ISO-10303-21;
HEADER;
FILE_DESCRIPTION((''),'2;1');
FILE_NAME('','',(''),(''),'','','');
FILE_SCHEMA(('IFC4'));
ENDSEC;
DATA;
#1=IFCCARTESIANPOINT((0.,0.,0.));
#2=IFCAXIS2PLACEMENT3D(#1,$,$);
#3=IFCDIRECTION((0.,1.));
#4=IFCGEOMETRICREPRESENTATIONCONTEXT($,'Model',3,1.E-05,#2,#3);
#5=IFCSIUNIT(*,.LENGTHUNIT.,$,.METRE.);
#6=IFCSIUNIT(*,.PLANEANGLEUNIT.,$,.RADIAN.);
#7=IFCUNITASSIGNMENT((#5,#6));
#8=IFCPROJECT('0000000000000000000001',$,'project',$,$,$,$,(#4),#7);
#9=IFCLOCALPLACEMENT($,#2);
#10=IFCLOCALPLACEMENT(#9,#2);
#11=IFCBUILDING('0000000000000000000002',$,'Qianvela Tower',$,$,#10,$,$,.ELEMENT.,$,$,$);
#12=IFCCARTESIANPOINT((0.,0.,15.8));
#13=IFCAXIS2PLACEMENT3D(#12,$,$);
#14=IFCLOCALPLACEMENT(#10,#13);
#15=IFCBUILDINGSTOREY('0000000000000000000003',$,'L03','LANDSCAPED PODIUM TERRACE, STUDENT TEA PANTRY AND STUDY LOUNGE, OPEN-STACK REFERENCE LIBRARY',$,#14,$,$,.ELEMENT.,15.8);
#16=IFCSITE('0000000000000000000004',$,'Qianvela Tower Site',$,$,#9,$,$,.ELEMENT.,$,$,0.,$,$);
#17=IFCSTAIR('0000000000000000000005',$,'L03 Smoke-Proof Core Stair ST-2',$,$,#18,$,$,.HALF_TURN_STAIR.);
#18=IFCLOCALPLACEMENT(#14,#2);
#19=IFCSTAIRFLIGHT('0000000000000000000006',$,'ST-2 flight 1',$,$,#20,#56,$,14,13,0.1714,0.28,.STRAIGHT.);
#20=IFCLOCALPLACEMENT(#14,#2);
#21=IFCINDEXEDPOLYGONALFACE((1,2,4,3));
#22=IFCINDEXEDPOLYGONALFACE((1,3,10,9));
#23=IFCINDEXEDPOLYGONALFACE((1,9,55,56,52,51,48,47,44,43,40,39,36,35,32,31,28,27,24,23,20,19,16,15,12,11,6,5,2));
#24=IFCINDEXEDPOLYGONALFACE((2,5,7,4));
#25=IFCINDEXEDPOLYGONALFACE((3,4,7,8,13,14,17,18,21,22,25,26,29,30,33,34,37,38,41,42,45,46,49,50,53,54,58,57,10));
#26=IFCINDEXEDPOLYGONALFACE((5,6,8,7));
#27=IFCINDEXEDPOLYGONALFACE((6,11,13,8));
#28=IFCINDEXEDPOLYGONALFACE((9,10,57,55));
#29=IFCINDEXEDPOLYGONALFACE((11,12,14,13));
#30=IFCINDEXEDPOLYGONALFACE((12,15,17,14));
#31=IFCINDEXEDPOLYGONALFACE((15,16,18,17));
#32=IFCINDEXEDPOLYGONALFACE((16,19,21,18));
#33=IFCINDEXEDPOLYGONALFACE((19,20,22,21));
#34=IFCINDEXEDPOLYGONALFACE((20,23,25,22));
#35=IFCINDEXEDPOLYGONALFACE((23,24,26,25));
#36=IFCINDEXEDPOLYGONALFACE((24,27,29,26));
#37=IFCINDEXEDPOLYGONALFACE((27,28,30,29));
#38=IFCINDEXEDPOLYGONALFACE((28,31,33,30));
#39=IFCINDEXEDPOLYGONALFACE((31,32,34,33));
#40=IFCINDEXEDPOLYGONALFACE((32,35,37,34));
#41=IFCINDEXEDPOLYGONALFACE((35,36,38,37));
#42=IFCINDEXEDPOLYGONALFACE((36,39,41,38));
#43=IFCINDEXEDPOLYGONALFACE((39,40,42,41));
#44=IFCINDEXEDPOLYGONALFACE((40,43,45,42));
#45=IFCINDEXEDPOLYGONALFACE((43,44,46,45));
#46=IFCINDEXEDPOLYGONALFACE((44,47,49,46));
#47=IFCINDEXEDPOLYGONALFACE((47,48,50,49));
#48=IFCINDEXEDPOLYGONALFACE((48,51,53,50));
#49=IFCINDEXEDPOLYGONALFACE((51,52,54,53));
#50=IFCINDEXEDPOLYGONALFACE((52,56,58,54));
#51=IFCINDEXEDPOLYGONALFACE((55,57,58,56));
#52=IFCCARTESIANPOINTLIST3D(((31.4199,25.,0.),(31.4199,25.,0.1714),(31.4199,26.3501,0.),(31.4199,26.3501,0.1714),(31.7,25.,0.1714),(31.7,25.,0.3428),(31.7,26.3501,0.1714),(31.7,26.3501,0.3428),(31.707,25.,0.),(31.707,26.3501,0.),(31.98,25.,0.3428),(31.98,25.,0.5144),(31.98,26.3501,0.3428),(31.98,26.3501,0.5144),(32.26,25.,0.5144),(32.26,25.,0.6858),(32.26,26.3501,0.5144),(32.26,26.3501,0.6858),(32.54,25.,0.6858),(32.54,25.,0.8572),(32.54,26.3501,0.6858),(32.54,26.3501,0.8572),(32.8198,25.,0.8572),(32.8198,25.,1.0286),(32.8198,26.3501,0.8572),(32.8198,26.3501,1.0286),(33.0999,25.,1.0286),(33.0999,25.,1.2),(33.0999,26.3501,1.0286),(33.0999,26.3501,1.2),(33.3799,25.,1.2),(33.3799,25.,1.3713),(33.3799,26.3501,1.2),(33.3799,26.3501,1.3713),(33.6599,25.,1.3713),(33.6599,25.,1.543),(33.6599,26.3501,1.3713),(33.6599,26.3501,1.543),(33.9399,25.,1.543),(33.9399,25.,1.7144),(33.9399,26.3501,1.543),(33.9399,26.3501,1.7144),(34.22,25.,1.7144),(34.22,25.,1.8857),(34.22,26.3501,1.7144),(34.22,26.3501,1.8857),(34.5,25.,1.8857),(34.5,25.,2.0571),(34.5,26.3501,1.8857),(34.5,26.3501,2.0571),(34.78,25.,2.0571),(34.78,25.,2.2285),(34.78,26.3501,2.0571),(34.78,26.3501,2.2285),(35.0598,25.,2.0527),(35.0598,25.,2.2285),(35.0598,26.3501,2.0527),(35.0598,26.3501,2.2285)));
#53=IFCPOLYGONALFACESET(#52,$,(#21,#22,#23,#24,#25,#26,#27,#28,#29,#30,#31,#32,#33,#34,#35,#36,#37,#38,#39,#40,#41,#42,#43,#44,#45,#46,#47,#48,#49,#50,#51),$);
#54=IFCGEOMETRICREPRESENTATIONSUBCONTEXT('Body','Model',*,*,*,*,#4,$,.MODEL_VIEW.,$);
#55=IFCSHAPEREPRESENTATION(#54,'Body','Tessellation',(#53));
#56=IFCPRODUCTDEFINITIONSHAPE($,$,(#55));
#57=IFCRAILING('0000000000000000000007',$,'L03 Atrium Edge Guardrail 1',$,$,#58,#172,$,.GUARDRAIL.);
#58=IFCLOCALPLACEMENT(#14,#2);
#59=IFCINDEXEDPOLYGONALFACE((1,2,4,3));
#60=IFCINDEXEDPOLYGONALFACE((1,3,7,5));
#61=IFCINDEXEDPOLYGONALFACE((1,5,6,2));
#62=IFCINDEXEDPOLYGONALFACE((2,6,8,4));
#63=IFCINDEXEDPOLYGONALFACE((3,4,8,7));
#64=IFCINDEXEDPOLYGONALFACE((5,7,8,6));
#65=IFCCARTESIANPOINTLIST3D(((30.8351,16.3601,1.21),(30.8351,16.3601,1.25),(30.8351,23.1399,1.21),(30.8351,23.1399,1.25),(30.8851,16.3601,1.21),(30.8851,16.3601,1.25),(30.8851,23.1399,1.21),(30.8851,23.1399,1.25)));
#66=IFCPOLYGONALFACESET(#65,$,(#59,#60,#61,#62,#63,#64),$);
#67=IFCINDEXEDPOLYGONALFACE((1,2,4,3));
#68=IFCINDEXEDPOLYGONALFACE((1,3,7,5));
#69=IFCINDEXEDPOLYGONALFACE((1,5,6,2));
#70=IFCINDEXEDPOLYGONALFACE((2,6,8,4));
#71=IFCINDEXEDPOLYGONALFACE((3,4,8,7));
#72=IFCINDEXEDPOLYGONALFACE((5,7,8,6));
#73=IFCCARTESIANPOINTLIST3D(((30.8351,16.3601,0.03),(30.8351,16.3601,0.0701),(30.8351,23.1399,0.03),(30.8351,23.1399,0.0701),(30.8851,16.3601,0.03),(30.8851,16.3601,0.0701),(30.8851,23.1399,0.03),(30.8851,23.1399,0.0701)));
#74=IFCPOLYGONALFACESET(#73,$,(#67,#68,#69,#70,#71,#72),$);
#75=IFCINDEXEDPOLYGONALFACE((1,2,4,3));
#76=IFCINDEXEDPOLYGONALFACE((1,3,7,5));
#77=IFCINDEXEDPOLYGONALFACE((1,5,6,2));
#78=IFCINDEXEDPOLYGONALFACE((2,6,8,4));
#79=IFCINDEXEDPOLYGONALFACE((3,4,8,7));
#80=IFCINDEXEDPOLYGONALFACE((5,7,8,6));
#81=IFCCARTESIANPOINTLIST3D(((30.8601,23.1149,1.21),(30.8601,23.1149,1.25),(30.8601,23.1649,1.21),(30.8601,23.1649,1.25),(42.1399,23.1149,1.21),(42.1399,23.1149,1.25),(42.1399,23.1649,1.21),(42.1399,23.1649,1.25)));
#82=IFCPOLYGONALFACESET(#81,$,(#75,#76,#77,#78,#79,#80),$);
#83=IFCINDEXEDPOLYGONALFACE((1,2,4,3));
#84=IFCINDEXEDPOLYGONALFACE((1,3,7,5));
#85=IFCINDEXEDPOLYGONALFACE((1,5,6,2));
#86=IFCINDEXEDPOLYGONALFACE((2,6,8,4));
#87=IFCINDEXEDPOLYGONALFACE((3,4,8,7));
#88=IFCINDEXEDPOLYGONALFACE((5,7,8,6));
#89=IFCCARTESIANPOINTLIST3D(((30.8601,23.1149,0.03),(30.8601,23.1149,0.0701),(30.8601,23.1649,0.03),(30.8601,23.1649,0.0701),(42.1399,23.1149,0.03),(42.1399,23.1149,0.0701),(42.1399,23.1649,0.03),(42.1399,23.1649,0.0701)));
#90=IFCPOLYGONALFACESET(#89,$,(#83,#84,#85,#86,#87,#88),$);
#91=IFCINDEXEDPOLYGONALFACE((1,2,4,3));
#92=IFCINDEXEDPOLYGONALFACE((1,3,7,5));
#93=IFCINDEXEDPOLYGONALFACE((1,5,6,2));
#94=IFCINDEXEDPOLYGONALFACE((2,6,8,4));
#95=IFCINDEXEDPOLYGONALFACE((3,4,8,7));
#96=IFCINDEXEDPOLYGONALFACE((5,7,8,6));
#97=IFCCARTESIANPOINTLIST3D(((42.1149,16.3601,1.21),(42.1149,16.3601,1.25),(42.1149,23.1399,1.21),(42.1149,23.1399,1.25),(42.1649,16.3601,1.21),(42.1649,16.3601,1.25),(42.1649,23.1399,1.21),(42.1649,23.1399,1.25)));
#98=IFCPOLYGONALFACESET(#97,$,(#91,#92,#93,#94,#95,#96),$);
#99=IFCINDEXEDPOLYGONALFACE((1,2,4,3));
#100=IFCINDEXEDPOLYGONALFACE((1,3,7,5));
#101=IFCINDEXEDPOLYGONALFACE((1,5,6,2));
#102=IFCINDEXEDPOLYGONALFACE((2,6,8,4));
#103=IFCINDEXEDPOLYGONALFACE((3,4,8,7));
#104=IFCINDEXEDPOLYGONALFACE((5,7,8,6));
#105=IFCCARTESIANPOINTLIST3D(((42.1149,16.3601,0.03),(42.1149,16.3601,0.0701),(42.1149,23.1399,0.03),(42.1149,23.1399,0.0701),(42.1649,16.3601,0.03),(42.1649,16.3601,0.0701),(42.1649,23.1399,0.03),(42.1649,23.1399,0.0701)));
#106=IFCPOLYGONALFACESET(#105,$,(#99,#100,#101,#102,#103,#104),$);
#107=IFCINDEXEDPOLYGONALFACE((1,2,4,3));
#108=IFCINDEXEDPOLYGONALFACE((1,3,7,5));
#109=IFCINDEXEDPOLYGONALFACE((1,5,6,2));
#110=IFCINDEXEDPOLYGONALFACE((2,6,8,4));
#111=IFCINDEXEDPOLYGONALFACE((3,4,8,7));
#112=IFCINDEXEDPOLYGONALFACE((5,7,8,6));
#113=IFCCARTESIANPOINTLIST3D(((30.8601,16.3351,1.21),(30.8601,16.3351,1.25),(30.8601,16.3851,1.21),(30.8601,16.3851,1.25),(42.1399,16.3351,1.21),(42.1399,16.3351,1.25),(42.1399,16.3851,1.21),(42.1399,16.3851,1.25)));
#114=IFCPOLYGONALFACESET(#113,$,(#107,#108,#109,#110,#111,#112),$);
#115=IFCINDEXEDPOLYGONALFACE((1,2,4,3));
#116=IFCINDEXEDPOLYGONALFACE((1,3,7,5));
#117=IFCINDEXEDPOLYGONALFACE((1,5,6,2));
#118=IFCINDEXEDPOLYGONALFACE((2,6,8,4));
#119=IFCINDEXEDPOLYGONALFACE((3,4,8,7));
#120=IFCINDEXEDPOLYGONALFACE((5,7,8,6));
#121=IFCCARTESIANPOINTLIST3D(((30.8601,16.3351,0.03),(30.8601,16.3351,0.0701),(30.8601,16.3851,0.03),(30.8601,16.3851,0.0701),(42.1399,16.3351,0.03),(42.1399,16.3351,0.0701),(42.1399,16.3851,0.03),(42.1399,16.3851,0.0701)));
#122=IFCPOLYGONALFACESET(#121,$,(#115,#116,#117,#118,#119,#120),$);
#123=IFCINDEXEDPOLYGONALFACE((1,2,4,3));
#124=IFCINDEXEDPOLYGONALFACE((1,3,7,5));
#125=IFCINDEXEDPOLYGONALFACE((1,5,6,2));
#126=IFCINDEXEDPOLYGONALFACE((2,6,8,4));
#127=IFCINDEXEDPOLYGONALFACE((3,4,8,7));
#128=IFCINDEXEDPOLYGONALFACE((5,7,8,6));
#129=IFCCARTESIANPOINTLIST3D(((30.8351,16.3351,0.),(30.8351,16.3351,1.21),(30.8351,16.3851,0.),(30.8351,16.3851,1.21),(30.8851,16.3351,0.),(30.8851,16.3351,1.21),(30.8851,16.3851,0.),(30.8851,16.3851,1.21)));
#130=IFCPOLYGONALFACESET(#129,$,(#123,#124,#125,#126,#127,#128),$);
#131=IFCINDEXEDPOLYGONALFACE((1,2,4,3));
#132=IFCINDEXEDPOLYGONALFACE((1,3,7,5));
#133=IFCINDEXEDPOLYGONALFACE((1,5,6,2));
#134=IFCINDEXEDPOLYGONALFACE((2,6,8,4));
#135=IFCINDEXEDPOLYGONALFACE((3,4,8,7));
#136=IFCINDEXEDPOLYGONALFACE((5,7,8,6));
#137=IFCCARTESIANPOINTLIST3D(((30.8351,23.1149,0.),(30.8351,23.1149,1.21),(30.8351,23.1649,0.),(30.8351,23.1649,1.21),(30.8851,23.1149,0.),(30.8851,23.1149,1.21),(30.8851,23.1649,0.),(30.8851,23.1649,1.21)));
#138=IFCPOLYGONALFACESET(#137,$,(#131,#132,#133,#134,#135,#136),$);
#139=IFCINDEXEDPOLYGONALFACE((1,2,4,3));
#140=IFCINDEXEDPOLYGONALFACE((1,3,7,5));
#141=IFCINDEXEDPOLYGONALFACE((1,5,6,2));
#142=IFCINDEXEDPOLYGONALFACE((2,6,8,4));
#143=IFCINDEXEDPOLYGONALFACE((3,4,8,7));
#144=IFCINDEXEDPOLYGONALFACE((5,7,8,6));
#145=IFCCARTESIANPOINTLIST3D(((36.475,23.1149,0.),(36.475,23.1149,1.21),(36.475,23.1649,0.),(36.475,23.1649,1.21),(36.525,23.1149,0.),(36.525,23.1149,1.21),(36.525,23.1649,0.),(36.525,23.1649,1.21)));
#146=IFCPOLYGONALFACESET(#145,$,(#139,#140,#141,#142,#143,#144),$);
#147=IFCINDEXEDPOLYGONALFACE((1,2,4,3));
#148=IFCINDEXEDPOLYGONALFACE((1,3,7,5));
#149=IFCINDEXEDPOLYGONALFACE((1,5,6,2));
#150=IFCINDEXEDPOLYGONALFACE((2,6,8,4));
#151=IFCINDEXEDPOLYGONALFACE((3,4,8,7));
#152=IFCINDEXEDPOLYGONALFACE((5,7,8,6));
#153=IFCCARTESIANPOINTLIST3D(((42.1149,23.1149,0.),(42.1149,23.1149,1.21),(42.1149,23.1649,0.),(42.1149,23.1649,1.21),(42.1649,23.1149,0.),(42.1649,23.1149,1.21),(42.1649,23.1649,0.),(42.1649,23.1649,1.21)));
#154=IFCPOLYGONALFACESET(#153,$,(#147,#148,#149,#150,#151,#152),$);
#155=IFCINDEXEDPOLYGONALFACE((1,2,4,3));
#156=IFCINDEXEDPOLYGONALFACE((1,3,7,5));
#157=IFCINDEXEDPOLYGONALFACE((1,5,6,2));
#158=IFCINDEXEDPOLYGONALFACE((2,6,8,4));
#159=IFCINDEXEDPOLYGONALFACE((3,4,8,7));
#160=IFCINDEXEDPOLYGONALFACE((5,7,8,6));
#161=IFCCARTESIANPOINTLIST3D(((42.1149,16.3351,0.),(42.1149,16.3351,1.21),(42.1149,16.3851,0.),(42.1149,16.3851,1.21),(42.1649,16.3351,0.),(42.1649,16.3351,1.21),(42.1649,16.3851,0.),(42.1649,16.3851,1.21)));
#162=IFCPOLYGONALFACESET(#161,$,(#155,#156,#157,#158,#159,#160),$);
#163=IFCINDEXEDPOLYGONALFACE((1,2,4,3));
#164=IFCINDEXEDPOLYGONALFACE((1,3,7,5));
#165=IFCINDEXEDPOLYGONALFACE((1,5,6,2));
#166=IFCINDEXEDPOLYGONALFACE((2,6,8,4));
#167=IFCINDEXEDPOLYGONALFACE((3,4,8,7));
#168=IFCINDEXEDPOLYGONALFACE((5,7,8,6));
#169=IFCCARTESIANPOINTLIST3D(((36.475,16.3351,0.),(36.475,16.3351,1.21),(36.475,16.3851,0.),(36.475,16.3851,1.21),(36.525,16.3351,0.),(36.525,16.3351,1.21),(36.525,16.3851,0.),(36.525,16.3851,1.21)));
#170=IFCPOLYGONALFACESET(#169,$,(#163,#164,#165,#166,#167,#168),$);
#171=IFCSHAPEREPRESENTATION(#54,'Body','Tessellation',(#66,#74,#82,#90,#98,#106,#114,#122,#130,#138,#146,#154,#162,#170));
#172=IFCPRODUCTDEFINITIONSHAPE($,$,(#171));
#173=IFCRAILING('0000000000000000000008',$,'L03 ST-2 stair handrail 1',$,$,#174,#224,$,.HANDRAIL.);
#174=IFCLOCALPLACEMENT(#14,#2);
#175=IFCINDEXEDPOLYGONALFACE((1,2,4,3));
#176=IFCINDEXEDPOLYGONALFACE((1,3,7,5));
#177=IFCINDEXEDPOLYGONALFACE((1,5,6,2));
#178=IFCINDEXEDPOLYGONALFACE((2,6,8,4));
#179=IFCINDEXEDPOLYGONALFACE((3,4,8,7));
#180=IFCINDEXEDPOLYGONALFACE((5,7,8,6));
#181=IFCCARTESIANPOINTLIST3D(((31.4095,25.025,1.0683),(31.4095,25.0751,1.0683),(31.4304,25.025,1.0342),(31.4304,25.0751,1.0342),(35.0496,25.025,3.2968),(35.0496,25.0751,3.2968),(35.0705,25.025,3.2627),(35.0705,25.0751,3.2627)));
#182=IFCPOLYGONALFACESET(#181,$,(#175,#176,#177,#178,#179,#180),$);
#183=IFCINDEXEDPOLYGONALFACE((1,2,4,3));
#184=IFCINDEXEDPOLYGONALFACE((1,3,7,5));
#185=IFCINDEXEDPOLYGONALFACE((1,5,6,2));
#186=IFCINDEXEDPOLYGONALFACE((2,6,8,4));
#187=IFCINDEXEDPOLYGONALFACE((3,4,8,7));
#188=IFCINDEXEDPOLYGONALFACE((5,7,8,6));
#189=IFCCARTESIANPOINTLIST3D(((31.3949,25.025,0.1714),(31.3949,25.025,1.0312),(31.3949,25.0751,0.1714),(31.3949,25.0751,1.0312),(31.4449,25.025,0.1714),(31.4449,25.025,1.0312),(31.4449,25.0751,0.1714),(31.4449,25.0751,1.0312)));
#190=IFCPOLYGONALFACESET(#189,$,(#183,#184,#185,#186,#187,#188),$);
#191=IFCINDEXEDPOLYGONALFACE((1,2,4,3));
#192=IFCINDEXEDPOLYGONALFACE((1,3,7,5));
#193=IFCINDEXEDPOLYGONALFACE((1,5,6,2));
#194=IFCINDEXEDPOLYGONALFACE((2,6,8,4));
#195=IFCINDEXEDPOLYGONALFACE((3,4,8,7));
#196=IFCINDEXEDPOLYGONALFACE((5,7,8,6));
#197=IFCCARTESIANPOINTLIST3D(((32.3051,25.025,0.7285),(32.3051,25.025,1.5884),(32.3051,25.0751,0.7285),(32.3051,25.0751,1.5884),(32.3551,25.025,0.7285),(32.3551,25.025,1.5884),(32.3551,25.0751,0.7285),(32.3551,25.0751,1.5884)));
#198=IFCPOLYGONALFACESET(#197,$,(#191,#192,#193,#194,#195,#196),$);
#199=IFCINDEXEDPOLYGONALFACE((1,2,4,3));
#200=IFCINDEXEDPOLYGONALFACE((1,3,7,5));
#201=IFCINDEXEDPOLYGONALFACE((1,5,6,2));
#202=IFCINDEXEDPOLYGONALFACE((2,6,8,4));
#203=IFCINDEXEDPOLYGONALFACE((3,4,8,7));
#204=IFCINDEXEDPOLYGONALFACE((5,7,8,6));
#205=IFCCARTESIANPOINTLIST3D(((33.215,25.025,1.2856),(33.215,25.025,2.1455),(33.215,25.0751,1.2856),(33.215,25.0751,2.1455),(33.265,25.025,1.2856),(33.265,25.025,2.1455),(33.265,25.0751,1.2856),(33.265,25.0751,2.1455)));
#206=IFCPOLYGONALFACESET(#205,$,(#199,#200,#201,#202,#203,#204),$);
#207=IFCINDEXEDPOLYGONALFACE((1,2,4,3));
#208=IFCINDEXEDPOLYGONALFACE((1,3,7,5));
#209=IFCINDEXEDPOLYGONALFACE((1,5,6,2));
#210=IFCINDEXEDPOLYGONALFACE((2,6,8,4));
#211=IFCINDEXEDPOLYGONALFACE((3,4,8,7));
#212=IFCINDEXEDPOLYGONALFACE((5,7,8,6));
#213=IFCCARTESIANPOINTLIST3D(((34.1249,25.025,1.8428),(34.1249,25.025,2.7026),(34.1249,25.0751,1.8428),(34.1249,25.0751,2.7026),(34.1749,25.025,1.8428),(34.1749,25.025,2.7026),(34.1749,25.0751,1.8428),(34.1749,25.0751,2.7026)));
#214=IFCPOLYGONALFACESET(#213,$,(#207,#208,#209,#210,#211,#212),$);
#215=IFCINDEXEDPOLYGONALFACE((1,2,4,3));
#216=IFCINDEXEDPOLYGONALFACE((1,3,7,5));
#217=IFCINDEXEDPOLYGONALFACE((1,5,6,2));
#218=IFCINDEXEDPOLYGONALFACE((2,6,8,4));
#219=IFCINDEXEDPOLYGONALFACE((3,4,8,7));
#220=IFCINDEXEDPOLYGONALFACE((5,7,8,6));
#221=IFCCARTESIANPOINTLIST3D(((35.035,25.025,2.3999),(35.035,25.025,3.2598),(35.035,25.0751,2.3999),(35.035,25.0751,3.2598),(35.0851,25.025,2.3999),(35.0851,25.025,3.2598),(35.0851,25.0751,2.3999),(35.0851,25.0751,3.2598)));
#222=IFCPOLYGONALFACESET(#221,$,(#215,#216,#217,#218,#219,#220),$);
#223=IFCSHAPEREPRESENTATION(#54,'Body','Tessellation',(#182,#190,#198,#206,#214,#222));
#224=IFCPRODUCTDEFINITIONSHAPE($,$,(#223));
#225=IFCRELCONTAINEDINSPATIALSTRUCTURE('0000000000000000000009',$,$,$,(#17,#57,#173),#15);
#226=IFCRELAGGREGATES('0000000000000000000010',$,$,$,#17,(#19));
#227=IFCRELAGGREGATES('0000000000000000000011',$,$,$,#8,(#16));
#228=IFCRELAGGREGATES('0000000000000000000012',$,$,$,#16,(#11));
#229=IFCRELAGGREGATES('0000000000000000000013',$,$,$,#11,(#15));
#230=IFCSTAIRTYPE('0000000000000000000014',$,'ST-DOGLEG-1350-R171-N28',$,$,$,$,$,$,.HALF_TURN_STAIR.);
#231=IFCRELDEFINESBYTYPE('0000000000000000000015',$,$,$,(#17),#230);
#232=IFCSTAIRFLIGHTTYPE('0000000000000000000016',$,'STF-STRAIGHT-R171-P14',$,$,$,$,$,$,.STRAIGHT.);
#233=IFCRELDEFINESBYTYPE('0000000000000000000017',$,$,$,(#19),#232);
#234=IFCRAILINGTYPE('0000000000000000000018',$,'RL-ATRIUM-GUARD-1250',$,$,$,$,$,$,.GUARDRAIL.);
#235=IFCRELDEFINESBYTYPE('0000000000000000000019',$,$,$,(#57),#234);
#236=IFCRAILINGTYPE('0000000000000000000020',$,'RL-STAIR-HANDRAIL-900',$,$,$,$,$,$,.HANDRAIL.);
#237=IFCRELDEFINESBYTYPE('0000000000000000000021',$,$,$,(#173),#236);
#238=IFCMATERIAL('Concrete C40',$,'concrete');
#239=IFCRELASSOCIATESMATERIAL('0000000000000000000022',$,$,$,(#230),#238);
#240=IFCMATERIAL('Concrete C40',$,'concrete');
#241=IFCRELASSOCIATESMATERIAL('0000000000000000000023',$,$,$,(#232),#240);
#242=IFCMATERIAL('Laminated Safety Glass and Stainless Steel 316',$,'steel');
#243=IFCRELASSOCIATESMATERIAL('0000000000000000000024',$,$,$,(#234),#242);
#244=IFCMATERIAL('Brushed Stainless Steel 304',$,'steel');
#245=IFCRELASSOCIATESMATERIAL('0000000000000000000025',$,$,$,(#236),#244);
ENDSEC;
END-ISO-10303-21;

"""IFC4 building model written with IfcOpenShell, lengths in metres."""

from ifc_helpers import new_model, si_unit, direction, frame, origin, origin_2d, place, context, subcontext, project, spatial, polyline, rectangle, outline, extrude, material, type_object, element, aggregate, save


model = new_model("IFC4")

# Units and contexts
model_context = context("Model", 3, precision=1e-05, world=origin(), true_north=direction((0.0, 1.0)))
body_context = subcontext(model_context, "Body", "Model", "MODEL_VIEW")
ifc_project = project(units=[si_unit("LENGTHUNIT", "METRE"), si_unit("PLANEANGLEUNIT", "RADIAN")], contexts=[model_context])

# Site, building, storey
site_placement = place(None, origin())
site = spatial("IfcSite", under=ifc_project, at=site_placement, Name="Qianvela Tower Site", CompositionType="ELEMENT", RefElevation=0.0)
building_placement = place(site_placement, origin())
building = spatial("IfcBuilding", under=site, at=building_placement, Name="Qianvela Tower", CompositionType="ELEMENT")
storey_placement = place(building_placement, frame((0.0, 0.0, 15.8)))
storey = spatial("IfcBuildingStorey", under=building, at=storey_placement, Name="L03", Description="LANDSCAPED PODIUM TERRACE, STUDENT TEA PANTRY AND STUDY LOUNGE, OPEN-STACK REFERENCE LIBRARY", CompositionType="ELEMENT", Elevation=15.8)

# Stair, stair flight
ifc_material_1 = material(Name="Concrete C40", Category="concrete")
stair_type = type_object("IfcStairType", Name="ST-DOGLEG-1350-R171-N28", PredefinedType="HALF_TURN_STAIR", material=ifc_material_1)
stair_placement = place(storey_placement, origin())
stair = element("IfcStair", 1, at=stair_placement, inside=storey, type_object=stair_type, Name="L03 Smoke-Proof Core Stair ST-2", PredefinedType="HALF_TURN_STAIR")
ifc_material_2 = material(Name="Concrete C40", Category="concrete")
stair_flight_type = type_object("IfcStairFlightType", Name="STF-STRAIGHT-R171-P14", PredefinedType="STRAIGHT", material=ifc_material_2)
stair_flight_placement = place(storey_placement, frame((31.4199, 25.675, 0.0), z_axis=(0.0, 0.0, 1.0), x_axis=(1.0, 0.0, 0.0)))
stair_flight = element("IfcStairFlight", 2, at=stair_flight_placement, type_object=stair_flight_type, Name="ST-2 flight 1", NumberOfRisers=14, NumberOfTreads=13, PredefinedType="STRAIGHT", RiserHeight=0.1714, TreadLength=0.28, context=body_context, shape_type="SweptSolid", body=[
    extrude(outline(polyline([(0.0, 0.0), (0.0, 0.1714), (0.28, 0.1714), (0.28, 0.3428), (0.5601, 0.3428), (0.5601, 0.5144), (0.8401, 0.5144), (0.8401, 0.6858), (1.1201, 0.6858), (1.1201, 0.8572), (1.3999, 0.8572), (1.3999, 1.0286), (1.6799, 1.0286), (1.6799, 1.2), (1.96, 1.2), (1.96, 1.3713), (2.24, 1.3713), (2.24, 1.543), (2.52, 1.543), (2.52, 1.7144), (2.8, 1.7144), (2.8, 1.8857), (3.0801, 1.8857), (3.0801, 2.0571), (3.3601, 2.0571), (3.3601, 2.2285), (3.6399, 2.2285), (3.6399, 2.3999), (3.6399, 2.0527), (0.2871, 0.0), (0.0, 0.0)])), frame((0.0, 0.675, 0.0), z_axis=(0.0, -1.0, 0.0), x_axis=(1.0, 0.0, 0.0)), (0.0, 0.0, 1.0), 1.3501),
])
aggregate(stair, [stair_flight])

# Railings
ifc_material_3 = material(Name="Laminated Safety Glass and Stainless Steel 316", Category="steel")
railing_type_1 = type_object("IfcRailingType", Name="RL-ATRIUM-GUARD-1250", PredefinedType="GUARDRAIL", material=ifc_material_3)
railing_1_placement = place(storey_placement, frame((30.8601, 16.3601, 0.0)))
element("IfcRailing", 3, at=railing_1_placement, inside=storey, type_object=railing_type_1, Name="L03 Atrium Edge Guardrail 1", PredefinedType="GUARDRAIL", context=body_context, shape_type="SweptSolid", body=[
    extrude(rectangle(XDim=0.05, YDim=0.04, at=origin_2d()), frame((0.0, 0.0, 1.23), z_axis=(0.0, 1.0, 0.0), x_axis=(-1.0, 0.0, 0.0)), (0.0, 0.0, 1.0), 6.7798),
    extrude(rectangle(XDim=0.05, YDim=0.04, at=origin_2d()), frame((0.0, 0.0, 0.05), z_axis=(0.0, 1.0, 0.0), x_axis=(-1.0, 0.0, 0.0)), (0.0, 0.0, 1.0), 6.7798),
    extrude(rectangle(XDim=0.05, YDim=0.04, at=origin_2d()), frame((0.0, 6.7798, 1.23), z_axis=(1.0, 0.0, 0.0), x_axis=(0.0, 1.0, 0.0)), (0.0, 0.0, 1.0), 11.2798),
    extrude(rectangle(XDim=0.05, YDim=0.04, at=origin_2d()), frame((0.0, 6.7798, 0.05), z_axis=(1.0, 0.0, 0.0), x_axis=(0.0, 1.0, 0.0)), (0.0, 0.0, 1.0), 11.2798),
    extrude(rectangle(XDim=0.05, YDim=0.04, at=origin_2d()), frame((11.2798, 6.7798, 1.23), z_axis=(0.0, -1.0, 0.0), x_axis=(1.0, 0.0, 0.0)), (0.0, 0.0, 1.0), 6.7798),
    extrude(rectangle(XDim=0.05, YDim=0.04, at=origin_2d()), frame((11.2798, 6.7798, 0.05), z_axis=(0.0, -1.0, 0.0), x_axis=(1.0, 0.0, 0.0)), (0.0, 0.0, 1.0), 6.7798),
    extrude(rectangle(XDim=0.05, YDim=0.04, at=origin_2d()), frame((11.2798, 0.0, 1.23), z_axis=(-1.0, 0.0, 0.0), x_axis=(0.0, -1.0, 0.0)), (0.0, 0.0, 1.0), 11.2798),
    extrude(rectangle(XDim=0.05, YDim=0.04, at=origin_2d()), frame((11.2798, 0.0, 0.05), z_axis=(-1.0, 0.0, 0.0), x_axis=(0.0, -1.0, 0.0)), (0.0, 0.0, 1.0), 11.2798),
    extrude(rectangle(XDim=0.05, YDim=0.05, at=origin_2d()), origin(), (0.0, 0.0, 1.0), 1.21),
    extrude(rectangle(XDim=0.05, YDim=0.05, at=origin_2d()), frame((0.0, 6.7798, 0.0)), (0.0, 0.0, 1.0), 1.21),
    extrude(rectangle(XDim=0.05, YDim=0.05, at=origin_2d()), frame((5.6399, 6.7798, 0.0)), (0.0, 0.0, 1.0), 1.21),
    extrude(rectangle(XDim=0.05, YDim=0.05, at=origin_2d()), frame((11.2798, 6.7798, 0.0)), (0.0, 0.0, 1.0), 1.21),
    extrude(rectangle(XDim=0.05, YDim=0.05, at=origin_2d()), frame((11.2798, 0.0, 0.0)), (0.0, 0.0, 1.0), 1.21),
    extrude(rectangle(XDim=0.05, YDim=0.05, at=origin_2d()), frame((5.6399, 0.0, 0.0)), (0.0, 0.0, 1.0), 1.21),
])
ifc_material_4 = material(Name="Brushed Stainless Steel 304", Category="steel")
railing_type_2 = type_object("IfcRailingType", Name="RL-STAIR-HANDRAIL-900", PredefinedType="HANDRAIL", material=ifc_material_4)
railing_2_placement = place(storey_placement, frame((31.4199, 25.05, 0.1714)))
element("IfcRailing", 4, at=railing_2_placement, inside=storey, type_object=railing_type_2, Name="L03 ST-2 stair handrail 1", PredefinedType="HANDRAIL", context=body_context, shape_type="SweptSolid", body=[
    extrude(rectangle(XDim=0.05, YDim=0.04, at=origin_2d()), frame((0.0, 0.0, 0.8799), z_axis=(0.852866, 0.0, 0.52213), x_axis=(0.0, 1.0, 0.0)), (0.0, 0.0, 1.0), 4.2681),
    extrude(rectangle(XDim=0.05, YDim=0.05, at=origin_2d()), origin(), (0.0, 0.0, 1.0), 0.8599),
    extrude(rectangle(XDim=0.05, YDim=0.05, at=origin_2d()), frame((0.9102, 0.0, 0.5571)), (0.0, 0.0, 1.0), 0.8599),
    extrude(rectangle(XDim=0.05, YDim=0.05, at=origin_2d()), frame((1.8201, 0.0, 1.1143)), (0.0, 0.0, 1.0), 0.8599),
    extrude(rectangle(XDim=0.05, YDim=0.05, at=origin_2d()), frame((2.73, 0.0, 1.6714)), (0.0, 0.0, 1.0), 0.8599),
    extrude(rectangle(XDim=0.05, YDim=0.05, at=origin_2d()), frame((3.6401, 0.0, 2.2285)), (0.0, 0.0, 1.0), 0.8599),
])

save(model, "model.ifc")
